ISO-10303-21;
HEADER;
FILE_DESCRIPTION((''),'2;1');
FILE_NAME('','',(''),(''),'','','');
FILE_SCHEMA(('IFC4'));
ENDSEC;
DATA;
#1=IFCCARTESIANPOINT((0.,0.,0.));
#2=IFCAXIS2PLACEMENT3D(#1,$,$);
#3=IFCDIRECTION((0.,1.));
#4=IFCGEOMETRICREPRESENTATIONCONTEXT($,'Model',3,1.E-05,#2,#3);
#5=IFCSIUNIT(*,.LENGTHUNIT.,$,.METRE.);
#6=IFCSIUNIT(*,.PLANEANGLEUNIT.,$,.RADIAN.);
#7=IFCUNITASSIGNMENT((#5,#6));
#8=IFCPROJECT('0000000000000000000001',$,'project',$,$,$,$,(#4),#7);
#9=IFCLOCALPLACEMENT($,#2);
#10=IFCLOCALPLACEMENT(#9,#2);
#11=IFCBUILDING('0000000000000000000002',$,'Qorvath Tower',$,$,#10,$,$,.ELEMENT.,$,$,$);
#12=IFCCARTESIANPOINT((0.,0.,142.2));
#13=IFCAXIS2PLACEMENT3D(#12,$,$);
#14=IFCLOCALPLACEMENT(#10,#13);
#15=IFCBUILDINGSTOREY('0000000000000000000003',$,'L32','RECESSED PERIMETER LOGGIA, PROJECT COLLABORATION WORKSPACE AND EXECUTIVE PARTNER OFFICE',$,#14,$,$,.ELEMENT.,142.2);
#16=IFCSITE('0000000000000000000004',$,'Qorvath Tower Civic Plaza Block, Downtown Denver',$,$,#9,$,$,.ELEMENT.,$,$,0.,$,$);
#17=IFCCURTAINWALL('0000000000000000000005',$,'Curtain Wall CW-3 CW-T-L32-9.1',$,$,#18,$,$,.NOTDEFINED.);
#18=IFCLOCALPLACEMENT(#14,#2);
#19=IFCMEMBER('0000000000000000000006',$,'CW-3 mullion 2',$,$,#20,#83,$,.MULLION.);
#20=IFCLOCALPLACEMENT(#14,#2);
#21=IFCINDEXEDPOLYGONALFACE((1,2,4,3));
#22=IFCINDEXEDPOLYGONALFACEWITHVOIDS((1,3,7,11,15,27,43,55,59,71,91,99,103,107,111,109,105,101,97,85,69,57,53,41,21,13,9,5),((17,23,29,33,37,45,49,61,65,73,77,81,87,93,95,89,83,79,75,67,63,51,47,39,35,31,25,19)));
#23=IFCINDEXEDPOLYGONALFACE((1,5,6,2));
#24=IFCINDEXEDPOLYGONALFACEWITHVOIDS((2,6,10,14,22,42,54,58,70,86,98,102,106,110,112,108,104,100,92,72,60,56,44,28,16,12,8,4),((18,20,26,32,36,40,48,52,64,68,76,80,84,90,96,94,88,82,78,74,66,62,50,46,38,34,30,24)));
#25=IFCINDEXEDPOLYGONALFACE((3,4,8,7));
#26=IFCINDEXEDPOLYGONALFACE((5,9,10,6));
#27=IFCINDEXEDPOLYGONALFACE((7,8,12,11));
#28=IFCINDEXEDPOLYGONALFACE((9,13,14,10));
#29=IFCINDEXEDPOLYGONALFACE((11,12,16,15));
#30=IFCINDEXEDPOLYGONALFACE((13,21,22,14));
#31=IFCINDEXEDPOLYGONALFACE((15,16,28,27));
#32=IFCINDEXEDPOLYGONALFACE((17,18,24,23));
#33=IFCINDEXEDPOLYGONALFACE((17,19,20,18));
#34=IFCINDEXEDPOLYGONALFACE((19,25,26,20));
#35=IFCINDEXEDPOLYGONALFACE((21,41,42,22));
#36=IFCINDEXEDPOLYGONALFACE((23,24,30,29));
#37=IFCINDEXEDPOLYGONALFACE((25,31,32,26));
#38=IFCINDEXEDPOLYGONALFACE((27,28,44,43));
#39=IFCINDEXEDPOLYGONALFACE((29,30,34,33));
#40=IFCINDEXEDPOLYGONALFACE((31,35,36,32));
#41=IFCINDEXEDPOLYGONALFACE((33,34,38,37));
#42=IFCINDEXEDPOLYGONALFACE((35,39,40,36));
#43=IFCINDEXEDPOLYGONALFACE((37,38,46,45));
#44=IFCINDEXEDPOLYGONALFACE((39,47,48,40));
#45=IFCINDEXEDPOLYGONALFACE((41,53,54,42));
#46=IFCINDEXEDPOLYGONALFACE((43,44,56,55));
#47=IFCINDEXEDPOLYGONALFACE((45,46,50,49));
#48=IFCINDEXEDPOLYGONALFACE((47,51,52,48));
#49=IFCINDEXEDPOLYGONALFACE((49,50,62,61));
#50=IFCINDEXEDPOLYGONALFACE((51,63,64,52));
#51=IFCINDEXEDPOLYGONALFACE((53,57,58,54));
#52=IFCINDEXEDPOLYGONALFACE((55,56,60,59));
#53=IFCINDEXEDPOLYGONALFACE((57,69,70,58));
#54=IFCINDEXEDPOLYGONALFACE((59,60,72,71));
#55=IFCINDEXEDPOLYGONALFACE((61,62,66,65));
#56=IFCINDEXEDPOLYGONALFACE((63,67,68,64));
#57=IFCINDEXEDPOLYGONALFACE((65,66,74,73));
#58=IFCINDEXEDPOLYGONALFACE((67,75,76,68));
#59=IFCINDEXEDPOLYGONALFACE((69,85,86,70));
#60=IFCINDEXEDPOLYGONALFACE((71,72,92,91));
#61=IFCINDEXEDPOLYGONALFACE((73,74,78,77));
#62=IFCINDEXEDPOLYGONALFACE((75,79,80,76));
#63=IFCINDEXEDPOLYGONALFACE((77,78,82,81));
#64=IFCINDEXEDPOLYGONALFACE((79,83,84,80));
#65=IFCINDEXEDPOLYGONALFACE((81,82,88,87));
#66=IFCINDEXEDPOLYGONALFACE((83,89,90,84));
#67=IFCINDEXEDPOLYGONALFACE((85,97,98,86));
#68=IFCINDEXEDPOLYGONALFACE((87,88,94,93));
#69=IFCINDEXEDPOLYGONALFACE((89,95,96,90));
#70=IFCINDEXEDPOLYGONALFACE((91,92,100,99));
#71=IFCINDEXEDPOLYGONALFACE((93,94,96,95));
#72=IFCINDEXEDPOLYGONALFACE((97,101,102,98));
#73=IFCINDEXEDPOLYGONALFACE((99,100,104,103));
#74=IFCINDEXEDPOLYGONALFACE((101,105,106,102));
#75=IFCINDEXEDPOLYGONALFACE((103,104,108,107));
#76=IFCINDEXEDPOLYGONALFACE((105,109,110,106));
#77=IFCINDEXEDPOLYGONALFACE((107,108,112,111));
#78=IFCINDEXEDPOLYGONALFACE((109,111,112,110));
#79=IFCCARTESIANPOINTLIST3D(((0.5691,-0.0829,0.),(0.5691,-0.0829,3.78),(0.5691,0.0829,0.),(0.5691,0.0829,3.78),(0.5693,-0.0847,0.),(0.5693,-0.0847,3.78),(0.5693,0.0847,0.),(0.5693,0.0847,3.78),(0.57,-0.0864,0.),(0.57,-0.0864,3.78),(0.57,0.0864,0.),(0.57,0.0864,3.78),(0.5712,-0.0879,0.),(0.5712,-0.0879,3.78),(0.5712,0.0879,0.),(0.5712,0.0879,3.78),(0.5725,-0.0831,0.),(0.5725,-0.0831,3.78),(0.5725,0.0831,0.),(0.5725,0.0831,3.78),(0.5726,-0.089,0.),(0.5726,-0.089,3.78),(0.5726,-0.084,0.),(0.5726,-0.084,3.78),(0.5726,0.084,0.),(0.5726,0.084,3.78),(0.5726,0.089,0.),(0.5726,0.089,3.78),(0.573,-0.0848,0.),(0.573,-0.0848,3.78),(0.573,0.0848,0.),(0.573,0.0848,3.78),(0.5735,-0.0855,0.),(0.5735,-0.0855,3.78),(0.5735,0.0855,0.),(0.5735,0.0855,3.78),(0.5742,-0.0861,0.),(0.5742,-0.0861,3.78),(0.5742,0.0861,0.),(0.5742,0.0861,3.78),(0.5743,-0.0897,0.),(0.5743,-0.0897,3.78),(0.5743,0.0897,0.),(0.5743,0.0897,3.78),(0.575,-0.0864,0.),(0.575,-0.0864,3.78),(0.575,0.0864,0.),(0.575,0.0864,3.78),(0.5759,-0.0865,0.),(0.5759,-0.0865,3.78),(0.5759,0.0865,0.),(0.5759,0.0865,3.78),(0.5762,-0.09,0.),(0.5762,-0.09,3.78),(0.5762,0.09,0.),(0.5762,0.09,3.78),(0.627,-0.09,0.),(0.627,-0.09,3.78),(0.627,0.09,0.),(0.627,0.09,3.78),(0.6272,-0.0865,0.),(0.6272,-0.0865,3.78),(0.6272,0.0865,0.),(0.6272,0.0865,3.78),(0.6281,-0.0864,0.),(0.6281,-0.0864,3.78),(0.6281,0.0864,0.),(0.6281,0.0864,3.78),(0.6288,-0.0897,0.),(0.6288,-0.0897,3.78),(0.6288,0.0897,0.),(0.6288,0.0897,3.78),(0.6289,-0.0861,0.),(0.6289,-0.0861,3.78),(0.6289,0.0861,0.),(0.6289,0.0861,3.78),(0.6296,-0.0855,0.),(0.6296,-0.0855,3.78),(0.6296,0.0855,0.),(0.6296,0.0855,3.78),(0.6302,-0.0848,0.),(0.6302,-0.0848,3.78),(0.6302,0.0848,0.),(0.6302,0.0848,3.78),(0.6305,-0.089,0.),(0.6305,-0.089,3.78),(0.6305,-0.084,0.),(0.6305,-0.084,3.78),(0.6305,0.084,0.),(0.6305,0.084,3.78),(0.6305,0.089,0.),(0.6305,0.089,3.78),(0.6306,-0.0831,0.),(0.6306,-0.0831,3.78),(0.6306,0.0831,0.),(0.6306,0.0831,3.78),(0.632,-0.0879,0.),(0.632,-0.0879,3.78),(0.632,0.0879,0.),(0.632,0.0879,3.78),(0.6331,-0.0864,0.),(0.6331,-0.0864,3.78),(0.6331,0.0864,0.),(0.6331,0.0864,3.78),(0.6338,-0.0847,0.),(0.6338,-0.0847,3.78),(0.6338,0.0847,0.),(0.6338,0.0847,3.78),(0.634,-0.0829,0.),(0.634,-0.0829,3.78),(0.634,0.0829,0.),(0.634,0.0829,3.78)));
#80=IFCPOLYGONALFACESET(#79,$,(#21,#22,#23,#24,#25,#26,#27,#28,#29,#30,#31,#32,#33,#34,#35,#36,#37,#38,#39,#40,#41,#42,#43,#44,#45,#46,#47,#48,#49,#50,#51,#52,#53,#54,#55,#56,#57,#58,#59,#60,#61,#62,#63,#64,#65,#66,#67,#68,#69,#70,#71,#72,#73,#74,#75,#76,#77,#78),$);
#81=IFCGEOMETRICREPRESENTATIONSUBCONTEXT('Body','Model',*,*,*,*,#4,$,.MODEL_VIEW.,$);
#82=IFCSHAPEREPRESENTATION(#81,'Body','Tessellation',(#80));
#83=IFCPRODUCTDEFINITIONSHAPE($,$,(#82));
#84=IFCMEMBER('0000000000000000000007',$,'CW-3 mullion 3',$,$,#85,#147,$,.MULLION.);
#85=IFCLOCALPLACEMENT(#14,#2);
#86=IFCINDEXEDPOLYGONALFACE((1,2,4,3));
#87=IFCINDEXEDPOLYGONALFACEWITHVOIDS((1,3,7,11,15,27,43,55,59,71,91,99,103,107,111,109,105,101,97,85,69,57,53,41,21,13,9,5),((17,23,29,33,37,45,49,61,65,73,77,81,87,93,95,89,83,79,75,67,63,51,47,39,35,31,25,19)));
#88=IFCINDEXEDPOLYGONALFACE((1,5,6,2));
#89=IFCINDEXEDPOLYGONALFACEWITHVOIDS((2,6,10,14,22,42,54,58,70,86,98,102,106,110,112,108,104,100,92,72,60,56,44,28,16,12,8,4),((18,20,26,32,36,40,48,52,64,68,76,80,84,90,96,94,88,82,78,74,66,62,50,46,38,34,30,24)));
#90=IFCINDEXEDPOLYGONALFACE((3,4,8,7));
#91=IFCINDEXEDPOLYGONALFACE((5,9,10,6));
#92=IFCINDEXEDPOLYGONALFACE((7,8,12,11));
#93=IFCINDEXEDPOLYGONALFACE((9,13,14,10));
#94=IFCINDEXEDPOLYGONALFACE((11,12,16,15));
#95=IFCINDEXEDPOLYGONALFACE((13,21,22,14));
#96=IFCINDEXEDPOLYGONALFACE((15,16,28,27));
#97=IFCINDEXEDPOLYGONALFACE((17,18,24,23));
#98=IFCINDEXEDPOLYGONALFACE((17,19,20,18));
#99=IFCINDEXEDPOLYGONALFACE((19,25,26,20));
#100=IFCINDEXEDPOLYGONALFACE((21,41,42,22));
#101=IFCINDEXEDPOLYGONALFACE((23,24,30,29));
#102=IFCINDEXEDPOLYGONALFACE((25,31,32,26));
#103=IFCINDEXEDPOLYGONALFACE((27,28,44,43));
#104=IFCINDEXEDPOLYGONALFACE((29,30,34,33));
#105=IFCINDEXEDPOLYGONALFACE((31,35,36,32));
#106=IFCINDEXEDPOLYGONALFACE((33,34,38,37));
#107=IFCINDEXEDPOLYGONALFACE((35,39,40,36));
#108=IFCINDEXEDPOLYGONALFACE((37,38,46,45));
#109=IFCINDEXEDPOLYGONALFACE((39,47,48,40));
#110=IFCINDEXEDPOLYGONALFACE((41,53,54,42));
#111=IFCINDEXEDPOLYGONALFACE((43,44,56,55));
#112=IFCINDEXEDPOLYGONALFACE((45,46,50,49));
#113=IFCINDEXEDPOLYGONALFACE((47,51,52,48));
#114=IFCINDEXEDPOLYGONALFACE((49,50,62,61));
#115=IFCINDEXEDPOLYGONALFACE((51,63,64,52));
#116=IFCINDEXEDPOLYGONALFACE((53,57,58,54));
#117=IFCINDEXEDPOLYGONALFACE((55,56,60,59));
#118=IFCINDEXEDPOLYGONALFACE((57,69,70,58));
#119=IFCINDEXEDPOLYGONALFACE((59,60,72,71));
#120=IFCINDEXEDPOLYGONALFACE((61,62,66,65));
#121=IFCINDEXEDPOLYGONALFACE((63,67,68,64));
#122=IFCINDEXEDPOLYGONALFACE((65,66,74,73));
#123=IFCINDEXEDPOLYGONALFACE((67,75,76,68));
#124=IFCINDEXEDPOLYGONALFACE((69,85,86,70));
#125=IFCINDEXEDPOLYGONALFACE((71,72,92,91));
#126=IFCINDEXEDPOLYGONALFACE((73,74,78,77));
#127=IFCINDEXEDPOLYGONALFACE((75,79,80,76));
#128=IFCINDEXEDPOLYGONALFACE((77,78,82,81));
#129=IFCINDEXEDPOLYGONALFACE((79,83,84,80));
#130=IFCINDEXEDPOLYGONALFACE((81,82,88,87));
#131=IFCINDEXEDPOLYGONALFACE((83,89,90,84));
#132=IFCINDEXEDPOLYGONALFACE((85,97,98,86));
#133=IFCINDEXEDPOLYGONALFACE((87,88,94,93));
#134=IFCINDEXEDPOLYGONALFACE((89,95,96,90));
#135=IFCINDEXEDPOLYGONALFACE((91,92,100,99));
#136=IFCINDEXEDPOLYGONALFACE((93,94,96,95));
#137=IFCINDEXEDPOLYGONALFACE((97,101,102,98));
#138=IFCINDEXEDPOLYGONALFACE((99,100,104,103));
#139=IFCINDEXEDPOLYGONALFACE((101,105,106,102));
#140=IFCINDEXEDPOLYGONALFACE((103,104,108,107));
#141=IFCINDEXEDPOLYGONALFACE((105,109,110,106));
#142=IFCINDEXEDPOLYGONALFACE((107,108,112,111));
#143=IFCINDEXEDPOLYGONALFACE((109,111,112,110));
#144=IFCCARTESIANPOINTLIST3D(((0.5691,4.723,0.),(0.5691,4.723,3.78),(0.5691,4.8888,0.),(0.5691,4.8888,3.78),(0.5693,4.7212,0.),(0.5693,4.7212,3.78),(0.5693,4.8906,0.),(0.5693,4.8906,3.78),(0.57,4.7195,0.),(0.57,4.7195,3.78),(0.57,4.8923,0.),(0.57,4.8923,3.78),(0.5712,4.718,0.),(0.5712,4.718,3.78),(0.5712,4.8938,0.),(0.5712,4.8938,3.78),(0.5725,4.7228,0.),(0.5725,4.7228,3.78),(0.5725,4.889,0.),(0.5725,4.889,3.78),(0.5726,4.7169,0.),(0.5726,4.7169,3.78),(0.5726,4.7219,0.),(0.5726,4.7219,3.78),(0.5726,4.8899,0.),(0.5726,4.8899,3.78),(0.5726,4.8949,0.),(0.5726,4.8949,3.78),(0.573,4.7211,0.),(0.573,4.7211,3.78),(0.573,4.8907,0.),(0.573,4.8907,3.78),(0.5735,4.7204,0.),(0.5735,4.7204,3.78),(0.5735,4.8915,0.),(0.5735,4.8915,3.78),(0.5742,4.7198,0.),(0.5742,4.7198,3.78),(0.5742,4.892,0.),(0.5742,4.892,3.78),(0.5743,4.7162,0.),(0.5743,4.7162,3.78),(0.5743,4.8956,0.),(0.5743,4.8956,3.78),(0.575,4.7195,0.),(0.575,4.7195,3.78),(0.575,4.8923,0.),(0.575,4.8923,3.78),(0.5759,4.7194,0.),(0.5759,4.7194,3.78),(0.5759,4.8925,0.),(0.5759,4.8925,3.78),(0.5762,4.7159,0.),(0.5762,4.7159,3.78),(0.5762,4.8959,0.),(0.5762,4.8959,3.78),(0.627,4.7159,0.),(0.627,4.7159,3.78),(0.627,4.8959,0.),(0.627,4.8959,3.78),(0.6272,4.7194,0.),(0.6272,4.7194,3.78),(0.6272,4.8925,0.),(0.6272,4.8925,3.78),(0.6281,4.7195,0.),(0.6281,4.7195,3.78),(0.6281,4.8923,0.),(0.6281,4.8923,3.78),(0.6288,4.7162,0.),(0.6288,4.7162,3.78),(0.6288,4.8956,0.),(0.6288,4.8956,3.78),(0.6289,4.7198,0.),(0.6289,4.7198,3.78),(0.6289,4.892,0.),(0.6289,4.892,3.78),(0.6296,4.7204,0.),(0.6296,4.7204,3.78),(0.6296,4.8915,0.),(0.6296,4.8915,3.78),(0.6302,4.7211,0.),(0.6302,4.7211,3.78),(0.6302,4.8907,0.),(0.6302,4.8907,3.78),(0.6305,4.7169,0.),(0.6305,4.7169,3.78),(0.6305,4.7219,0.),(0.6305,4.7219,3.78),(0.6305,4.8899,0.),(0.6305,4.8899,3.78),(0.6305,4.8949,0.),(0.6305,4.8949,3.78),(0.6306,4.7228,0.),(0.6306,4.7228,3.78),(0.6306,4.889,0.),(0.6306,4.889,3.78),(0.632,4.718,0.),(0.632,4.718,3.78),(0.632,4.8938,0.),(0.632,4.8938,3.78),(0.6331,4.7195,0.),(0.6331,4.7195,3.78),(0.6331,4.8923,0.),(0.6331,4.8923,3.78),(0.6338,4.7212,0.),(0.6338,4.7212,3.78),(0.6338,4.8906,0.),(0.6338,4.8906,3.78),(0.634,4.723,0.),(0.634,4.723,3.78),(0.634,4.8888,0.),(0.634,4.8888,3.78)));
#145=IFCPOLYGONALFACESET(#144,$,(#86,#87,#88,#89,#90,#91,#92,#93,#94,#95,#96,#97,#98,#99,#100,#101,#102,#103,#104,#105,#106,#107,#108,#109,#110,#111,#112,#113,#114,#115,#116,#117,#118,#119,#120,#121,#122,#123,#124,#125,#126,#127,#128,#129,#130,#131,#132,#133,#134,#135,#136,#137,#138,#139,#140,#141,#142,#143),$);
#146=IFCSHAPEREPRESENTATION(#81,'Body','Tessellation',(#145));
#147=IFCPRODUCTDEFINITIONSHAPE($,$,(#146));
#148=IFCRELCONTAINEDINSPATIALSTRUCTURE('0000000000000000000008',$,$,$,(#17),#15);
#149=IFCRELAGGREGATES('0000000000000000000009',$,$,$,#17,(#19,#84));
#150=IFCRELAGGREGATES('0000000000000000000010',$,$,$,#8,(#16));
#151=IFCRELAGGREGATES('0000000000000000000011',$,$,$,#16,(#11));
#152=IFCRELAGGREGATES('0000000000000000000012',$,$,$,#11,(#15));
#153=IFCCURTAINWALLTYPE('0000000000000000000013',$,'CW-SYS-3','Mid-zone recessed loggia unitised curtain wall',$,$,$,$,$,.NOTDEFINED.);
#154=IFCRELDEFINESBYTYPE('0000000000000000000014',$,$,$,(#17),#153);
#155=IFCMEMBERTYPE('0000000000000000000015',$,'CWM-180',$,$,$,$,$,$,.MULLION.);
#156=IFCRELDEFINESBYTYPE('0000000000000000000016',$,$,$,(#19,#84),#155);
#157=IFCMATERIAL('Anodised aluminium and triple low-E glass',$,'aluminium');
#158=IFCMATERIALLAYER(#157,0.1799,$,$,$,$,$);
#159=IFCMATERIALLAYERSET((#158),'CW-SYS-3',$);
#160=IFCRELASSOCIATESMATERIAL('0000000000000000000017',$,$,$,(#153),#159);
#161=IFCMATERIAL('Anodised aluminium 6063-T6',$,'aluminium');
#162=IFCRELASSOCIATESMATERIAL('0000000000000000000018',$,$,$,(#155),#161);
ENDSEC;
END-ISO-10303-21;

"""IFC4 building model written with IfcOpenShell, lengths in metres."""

from ifc_helpers import new_model, si_unit, direction, frame, origin, origin_2d, place, context, subcontext, project, spatial, hollow_rectangle, extrude, material, layer, layer_set, material_profile, profile_set, type_object, element, aggregate, save


model = new_model("IFC4")

# Units and contexts
model_context = context("Model", 3, precision=1e-05, world=origin(), true_north=direction((0.0, 1.0)))
body_context = subcontext(model_context, "Body", "Model", "MODEL_VIEW")
ifc_project = project(units=[si_unit("LENGTHUNIT", "METRE"), si_unit("PLANEANGLEUNIT", "RADIAN")], contexts=[model_context])

# Site, building, storey
site_placement = place(None, origin())
site = spatial("IfcSite", under=ifc_project, at=site_placement, Name="Qorvath Tower Civic Plaza Block, Downtown Denver", CompositionType="ELEMENT", RefElevation=0.0)
building_placement = place(site_placement, origin())
building = spatial("IfcBuilding", under=site, at=building_placement, Name="Qorvath Tower", CompositionType="ELEMENT")
storey_placement = place(building_placement, frame((0.0, 0.0, 142.2)))
storey = spatial("IfcBuildingStorey", under=building, at=storey_placement, Name="L32", Description="RECESSED PERIMETER LOGGIA, PROJECT COLLABORATION WORKSPACE AND EXECUTIVE PARTNER OFFICE", CompositionType="ELEMENT", Elevation=142.2)

# Curtain wall, members
ifc_material_1 = material(Name="Anodised aluminium and triple low-E glass", Category="aluminium")
ifc_layer_1 = layer(ifc_material_1, 0.1799)
ifc_layer_set_1 = layer_set([ifc_layer_1], Name="CW-SYS-3")
curtain_wall_type = type_object("IfcCurtainWallType", Name="CW-SYS-3", Description="Mid-zone recessed loggia unitised curtain wall", PredefinedType="NOTDEFINED", material=ifc_layer_set_1)
curtain_wall_1_placement = place(storey_placement, origin())
curtain_wall_1 = element("IfcCurtainWall", 1, at=curtain_wall_1_placement, inside=storey, type_object=curtain_wall_type, Name="Curtain Wall CW-3 CW-T-L32-9.1", PredefinedType="NOTDEFINED")
ifc_material_2 = material(Name="Anodised aluminium 6063-T6", Category="aluminium")
ifc_material_profile_1 = material_profile(ifc_material_2, hollow_rectangle(XDim=0.0649, YDim=0.1799, WallThickness=0.0034, InnerFilletRadius=0.0034, OuterFilletRadius=0.0071, at=origin_2d()), Name="CWM 180x65")
ifc_profile_set_1 = profile_set([ifc_material_profile_1], Name="Anodised aluminium 6063-T6")
member_type_1 = type_object("IfcMemberType", Name="CWM-180", PredefinedType="MULLION", material=ifc_profile_set_1)
member_1_placement = place(storey_placement, frame((0.6016, 0.0, 0.0), z_axis=(0.0, 0.0, 1.0), x_axis=(-1.0, 0.0, 0.0)))
member_1 = element("IfcMember", 2, at=member_1_placement, type_object=member_type_1, Name="CW-3 mullion 2", PredefinedType="MULLION", context=body_context, shape_type="SweptSolid", body=[
    extrude(hollow_rectangle(XDim=0.0649, YDim=0.1799, WallThickness=0.0034, InnerFilletRadius=0.0034, OuterFilletRadius=0.0071, at=origin_2d()), origin(), (0.0, 0.0, 1.0), 3.78),
])
member_2_placement = place(storey_placement, frame((0.6016, 4.8059, 0.0), z_axis=(0.0, 0.0, 1.0), x_axis=(-1.0, 0.0, 0.0)))
member_2 = element("IfcMember", 3, at=member_2_placement, type_object=member_type_1, Name="CW-3 mullion 3", PredefinedType="MULLION", context=body_context, shape_type="SweptSolid", body=[
    extrude(hollow_rectangle(XDim=0.0649, YDim=0.1799, WallThickness=0.0034, InnerFilletRadius=0.0034, OuterFilletRadius=0.0071, at=origin_2d()), origin(), (0.0, 0.0, 1.0), 3.78),
])

aggregate(curtain_wall_1, [member_1, member_2])

save(model, "model.ifc")
